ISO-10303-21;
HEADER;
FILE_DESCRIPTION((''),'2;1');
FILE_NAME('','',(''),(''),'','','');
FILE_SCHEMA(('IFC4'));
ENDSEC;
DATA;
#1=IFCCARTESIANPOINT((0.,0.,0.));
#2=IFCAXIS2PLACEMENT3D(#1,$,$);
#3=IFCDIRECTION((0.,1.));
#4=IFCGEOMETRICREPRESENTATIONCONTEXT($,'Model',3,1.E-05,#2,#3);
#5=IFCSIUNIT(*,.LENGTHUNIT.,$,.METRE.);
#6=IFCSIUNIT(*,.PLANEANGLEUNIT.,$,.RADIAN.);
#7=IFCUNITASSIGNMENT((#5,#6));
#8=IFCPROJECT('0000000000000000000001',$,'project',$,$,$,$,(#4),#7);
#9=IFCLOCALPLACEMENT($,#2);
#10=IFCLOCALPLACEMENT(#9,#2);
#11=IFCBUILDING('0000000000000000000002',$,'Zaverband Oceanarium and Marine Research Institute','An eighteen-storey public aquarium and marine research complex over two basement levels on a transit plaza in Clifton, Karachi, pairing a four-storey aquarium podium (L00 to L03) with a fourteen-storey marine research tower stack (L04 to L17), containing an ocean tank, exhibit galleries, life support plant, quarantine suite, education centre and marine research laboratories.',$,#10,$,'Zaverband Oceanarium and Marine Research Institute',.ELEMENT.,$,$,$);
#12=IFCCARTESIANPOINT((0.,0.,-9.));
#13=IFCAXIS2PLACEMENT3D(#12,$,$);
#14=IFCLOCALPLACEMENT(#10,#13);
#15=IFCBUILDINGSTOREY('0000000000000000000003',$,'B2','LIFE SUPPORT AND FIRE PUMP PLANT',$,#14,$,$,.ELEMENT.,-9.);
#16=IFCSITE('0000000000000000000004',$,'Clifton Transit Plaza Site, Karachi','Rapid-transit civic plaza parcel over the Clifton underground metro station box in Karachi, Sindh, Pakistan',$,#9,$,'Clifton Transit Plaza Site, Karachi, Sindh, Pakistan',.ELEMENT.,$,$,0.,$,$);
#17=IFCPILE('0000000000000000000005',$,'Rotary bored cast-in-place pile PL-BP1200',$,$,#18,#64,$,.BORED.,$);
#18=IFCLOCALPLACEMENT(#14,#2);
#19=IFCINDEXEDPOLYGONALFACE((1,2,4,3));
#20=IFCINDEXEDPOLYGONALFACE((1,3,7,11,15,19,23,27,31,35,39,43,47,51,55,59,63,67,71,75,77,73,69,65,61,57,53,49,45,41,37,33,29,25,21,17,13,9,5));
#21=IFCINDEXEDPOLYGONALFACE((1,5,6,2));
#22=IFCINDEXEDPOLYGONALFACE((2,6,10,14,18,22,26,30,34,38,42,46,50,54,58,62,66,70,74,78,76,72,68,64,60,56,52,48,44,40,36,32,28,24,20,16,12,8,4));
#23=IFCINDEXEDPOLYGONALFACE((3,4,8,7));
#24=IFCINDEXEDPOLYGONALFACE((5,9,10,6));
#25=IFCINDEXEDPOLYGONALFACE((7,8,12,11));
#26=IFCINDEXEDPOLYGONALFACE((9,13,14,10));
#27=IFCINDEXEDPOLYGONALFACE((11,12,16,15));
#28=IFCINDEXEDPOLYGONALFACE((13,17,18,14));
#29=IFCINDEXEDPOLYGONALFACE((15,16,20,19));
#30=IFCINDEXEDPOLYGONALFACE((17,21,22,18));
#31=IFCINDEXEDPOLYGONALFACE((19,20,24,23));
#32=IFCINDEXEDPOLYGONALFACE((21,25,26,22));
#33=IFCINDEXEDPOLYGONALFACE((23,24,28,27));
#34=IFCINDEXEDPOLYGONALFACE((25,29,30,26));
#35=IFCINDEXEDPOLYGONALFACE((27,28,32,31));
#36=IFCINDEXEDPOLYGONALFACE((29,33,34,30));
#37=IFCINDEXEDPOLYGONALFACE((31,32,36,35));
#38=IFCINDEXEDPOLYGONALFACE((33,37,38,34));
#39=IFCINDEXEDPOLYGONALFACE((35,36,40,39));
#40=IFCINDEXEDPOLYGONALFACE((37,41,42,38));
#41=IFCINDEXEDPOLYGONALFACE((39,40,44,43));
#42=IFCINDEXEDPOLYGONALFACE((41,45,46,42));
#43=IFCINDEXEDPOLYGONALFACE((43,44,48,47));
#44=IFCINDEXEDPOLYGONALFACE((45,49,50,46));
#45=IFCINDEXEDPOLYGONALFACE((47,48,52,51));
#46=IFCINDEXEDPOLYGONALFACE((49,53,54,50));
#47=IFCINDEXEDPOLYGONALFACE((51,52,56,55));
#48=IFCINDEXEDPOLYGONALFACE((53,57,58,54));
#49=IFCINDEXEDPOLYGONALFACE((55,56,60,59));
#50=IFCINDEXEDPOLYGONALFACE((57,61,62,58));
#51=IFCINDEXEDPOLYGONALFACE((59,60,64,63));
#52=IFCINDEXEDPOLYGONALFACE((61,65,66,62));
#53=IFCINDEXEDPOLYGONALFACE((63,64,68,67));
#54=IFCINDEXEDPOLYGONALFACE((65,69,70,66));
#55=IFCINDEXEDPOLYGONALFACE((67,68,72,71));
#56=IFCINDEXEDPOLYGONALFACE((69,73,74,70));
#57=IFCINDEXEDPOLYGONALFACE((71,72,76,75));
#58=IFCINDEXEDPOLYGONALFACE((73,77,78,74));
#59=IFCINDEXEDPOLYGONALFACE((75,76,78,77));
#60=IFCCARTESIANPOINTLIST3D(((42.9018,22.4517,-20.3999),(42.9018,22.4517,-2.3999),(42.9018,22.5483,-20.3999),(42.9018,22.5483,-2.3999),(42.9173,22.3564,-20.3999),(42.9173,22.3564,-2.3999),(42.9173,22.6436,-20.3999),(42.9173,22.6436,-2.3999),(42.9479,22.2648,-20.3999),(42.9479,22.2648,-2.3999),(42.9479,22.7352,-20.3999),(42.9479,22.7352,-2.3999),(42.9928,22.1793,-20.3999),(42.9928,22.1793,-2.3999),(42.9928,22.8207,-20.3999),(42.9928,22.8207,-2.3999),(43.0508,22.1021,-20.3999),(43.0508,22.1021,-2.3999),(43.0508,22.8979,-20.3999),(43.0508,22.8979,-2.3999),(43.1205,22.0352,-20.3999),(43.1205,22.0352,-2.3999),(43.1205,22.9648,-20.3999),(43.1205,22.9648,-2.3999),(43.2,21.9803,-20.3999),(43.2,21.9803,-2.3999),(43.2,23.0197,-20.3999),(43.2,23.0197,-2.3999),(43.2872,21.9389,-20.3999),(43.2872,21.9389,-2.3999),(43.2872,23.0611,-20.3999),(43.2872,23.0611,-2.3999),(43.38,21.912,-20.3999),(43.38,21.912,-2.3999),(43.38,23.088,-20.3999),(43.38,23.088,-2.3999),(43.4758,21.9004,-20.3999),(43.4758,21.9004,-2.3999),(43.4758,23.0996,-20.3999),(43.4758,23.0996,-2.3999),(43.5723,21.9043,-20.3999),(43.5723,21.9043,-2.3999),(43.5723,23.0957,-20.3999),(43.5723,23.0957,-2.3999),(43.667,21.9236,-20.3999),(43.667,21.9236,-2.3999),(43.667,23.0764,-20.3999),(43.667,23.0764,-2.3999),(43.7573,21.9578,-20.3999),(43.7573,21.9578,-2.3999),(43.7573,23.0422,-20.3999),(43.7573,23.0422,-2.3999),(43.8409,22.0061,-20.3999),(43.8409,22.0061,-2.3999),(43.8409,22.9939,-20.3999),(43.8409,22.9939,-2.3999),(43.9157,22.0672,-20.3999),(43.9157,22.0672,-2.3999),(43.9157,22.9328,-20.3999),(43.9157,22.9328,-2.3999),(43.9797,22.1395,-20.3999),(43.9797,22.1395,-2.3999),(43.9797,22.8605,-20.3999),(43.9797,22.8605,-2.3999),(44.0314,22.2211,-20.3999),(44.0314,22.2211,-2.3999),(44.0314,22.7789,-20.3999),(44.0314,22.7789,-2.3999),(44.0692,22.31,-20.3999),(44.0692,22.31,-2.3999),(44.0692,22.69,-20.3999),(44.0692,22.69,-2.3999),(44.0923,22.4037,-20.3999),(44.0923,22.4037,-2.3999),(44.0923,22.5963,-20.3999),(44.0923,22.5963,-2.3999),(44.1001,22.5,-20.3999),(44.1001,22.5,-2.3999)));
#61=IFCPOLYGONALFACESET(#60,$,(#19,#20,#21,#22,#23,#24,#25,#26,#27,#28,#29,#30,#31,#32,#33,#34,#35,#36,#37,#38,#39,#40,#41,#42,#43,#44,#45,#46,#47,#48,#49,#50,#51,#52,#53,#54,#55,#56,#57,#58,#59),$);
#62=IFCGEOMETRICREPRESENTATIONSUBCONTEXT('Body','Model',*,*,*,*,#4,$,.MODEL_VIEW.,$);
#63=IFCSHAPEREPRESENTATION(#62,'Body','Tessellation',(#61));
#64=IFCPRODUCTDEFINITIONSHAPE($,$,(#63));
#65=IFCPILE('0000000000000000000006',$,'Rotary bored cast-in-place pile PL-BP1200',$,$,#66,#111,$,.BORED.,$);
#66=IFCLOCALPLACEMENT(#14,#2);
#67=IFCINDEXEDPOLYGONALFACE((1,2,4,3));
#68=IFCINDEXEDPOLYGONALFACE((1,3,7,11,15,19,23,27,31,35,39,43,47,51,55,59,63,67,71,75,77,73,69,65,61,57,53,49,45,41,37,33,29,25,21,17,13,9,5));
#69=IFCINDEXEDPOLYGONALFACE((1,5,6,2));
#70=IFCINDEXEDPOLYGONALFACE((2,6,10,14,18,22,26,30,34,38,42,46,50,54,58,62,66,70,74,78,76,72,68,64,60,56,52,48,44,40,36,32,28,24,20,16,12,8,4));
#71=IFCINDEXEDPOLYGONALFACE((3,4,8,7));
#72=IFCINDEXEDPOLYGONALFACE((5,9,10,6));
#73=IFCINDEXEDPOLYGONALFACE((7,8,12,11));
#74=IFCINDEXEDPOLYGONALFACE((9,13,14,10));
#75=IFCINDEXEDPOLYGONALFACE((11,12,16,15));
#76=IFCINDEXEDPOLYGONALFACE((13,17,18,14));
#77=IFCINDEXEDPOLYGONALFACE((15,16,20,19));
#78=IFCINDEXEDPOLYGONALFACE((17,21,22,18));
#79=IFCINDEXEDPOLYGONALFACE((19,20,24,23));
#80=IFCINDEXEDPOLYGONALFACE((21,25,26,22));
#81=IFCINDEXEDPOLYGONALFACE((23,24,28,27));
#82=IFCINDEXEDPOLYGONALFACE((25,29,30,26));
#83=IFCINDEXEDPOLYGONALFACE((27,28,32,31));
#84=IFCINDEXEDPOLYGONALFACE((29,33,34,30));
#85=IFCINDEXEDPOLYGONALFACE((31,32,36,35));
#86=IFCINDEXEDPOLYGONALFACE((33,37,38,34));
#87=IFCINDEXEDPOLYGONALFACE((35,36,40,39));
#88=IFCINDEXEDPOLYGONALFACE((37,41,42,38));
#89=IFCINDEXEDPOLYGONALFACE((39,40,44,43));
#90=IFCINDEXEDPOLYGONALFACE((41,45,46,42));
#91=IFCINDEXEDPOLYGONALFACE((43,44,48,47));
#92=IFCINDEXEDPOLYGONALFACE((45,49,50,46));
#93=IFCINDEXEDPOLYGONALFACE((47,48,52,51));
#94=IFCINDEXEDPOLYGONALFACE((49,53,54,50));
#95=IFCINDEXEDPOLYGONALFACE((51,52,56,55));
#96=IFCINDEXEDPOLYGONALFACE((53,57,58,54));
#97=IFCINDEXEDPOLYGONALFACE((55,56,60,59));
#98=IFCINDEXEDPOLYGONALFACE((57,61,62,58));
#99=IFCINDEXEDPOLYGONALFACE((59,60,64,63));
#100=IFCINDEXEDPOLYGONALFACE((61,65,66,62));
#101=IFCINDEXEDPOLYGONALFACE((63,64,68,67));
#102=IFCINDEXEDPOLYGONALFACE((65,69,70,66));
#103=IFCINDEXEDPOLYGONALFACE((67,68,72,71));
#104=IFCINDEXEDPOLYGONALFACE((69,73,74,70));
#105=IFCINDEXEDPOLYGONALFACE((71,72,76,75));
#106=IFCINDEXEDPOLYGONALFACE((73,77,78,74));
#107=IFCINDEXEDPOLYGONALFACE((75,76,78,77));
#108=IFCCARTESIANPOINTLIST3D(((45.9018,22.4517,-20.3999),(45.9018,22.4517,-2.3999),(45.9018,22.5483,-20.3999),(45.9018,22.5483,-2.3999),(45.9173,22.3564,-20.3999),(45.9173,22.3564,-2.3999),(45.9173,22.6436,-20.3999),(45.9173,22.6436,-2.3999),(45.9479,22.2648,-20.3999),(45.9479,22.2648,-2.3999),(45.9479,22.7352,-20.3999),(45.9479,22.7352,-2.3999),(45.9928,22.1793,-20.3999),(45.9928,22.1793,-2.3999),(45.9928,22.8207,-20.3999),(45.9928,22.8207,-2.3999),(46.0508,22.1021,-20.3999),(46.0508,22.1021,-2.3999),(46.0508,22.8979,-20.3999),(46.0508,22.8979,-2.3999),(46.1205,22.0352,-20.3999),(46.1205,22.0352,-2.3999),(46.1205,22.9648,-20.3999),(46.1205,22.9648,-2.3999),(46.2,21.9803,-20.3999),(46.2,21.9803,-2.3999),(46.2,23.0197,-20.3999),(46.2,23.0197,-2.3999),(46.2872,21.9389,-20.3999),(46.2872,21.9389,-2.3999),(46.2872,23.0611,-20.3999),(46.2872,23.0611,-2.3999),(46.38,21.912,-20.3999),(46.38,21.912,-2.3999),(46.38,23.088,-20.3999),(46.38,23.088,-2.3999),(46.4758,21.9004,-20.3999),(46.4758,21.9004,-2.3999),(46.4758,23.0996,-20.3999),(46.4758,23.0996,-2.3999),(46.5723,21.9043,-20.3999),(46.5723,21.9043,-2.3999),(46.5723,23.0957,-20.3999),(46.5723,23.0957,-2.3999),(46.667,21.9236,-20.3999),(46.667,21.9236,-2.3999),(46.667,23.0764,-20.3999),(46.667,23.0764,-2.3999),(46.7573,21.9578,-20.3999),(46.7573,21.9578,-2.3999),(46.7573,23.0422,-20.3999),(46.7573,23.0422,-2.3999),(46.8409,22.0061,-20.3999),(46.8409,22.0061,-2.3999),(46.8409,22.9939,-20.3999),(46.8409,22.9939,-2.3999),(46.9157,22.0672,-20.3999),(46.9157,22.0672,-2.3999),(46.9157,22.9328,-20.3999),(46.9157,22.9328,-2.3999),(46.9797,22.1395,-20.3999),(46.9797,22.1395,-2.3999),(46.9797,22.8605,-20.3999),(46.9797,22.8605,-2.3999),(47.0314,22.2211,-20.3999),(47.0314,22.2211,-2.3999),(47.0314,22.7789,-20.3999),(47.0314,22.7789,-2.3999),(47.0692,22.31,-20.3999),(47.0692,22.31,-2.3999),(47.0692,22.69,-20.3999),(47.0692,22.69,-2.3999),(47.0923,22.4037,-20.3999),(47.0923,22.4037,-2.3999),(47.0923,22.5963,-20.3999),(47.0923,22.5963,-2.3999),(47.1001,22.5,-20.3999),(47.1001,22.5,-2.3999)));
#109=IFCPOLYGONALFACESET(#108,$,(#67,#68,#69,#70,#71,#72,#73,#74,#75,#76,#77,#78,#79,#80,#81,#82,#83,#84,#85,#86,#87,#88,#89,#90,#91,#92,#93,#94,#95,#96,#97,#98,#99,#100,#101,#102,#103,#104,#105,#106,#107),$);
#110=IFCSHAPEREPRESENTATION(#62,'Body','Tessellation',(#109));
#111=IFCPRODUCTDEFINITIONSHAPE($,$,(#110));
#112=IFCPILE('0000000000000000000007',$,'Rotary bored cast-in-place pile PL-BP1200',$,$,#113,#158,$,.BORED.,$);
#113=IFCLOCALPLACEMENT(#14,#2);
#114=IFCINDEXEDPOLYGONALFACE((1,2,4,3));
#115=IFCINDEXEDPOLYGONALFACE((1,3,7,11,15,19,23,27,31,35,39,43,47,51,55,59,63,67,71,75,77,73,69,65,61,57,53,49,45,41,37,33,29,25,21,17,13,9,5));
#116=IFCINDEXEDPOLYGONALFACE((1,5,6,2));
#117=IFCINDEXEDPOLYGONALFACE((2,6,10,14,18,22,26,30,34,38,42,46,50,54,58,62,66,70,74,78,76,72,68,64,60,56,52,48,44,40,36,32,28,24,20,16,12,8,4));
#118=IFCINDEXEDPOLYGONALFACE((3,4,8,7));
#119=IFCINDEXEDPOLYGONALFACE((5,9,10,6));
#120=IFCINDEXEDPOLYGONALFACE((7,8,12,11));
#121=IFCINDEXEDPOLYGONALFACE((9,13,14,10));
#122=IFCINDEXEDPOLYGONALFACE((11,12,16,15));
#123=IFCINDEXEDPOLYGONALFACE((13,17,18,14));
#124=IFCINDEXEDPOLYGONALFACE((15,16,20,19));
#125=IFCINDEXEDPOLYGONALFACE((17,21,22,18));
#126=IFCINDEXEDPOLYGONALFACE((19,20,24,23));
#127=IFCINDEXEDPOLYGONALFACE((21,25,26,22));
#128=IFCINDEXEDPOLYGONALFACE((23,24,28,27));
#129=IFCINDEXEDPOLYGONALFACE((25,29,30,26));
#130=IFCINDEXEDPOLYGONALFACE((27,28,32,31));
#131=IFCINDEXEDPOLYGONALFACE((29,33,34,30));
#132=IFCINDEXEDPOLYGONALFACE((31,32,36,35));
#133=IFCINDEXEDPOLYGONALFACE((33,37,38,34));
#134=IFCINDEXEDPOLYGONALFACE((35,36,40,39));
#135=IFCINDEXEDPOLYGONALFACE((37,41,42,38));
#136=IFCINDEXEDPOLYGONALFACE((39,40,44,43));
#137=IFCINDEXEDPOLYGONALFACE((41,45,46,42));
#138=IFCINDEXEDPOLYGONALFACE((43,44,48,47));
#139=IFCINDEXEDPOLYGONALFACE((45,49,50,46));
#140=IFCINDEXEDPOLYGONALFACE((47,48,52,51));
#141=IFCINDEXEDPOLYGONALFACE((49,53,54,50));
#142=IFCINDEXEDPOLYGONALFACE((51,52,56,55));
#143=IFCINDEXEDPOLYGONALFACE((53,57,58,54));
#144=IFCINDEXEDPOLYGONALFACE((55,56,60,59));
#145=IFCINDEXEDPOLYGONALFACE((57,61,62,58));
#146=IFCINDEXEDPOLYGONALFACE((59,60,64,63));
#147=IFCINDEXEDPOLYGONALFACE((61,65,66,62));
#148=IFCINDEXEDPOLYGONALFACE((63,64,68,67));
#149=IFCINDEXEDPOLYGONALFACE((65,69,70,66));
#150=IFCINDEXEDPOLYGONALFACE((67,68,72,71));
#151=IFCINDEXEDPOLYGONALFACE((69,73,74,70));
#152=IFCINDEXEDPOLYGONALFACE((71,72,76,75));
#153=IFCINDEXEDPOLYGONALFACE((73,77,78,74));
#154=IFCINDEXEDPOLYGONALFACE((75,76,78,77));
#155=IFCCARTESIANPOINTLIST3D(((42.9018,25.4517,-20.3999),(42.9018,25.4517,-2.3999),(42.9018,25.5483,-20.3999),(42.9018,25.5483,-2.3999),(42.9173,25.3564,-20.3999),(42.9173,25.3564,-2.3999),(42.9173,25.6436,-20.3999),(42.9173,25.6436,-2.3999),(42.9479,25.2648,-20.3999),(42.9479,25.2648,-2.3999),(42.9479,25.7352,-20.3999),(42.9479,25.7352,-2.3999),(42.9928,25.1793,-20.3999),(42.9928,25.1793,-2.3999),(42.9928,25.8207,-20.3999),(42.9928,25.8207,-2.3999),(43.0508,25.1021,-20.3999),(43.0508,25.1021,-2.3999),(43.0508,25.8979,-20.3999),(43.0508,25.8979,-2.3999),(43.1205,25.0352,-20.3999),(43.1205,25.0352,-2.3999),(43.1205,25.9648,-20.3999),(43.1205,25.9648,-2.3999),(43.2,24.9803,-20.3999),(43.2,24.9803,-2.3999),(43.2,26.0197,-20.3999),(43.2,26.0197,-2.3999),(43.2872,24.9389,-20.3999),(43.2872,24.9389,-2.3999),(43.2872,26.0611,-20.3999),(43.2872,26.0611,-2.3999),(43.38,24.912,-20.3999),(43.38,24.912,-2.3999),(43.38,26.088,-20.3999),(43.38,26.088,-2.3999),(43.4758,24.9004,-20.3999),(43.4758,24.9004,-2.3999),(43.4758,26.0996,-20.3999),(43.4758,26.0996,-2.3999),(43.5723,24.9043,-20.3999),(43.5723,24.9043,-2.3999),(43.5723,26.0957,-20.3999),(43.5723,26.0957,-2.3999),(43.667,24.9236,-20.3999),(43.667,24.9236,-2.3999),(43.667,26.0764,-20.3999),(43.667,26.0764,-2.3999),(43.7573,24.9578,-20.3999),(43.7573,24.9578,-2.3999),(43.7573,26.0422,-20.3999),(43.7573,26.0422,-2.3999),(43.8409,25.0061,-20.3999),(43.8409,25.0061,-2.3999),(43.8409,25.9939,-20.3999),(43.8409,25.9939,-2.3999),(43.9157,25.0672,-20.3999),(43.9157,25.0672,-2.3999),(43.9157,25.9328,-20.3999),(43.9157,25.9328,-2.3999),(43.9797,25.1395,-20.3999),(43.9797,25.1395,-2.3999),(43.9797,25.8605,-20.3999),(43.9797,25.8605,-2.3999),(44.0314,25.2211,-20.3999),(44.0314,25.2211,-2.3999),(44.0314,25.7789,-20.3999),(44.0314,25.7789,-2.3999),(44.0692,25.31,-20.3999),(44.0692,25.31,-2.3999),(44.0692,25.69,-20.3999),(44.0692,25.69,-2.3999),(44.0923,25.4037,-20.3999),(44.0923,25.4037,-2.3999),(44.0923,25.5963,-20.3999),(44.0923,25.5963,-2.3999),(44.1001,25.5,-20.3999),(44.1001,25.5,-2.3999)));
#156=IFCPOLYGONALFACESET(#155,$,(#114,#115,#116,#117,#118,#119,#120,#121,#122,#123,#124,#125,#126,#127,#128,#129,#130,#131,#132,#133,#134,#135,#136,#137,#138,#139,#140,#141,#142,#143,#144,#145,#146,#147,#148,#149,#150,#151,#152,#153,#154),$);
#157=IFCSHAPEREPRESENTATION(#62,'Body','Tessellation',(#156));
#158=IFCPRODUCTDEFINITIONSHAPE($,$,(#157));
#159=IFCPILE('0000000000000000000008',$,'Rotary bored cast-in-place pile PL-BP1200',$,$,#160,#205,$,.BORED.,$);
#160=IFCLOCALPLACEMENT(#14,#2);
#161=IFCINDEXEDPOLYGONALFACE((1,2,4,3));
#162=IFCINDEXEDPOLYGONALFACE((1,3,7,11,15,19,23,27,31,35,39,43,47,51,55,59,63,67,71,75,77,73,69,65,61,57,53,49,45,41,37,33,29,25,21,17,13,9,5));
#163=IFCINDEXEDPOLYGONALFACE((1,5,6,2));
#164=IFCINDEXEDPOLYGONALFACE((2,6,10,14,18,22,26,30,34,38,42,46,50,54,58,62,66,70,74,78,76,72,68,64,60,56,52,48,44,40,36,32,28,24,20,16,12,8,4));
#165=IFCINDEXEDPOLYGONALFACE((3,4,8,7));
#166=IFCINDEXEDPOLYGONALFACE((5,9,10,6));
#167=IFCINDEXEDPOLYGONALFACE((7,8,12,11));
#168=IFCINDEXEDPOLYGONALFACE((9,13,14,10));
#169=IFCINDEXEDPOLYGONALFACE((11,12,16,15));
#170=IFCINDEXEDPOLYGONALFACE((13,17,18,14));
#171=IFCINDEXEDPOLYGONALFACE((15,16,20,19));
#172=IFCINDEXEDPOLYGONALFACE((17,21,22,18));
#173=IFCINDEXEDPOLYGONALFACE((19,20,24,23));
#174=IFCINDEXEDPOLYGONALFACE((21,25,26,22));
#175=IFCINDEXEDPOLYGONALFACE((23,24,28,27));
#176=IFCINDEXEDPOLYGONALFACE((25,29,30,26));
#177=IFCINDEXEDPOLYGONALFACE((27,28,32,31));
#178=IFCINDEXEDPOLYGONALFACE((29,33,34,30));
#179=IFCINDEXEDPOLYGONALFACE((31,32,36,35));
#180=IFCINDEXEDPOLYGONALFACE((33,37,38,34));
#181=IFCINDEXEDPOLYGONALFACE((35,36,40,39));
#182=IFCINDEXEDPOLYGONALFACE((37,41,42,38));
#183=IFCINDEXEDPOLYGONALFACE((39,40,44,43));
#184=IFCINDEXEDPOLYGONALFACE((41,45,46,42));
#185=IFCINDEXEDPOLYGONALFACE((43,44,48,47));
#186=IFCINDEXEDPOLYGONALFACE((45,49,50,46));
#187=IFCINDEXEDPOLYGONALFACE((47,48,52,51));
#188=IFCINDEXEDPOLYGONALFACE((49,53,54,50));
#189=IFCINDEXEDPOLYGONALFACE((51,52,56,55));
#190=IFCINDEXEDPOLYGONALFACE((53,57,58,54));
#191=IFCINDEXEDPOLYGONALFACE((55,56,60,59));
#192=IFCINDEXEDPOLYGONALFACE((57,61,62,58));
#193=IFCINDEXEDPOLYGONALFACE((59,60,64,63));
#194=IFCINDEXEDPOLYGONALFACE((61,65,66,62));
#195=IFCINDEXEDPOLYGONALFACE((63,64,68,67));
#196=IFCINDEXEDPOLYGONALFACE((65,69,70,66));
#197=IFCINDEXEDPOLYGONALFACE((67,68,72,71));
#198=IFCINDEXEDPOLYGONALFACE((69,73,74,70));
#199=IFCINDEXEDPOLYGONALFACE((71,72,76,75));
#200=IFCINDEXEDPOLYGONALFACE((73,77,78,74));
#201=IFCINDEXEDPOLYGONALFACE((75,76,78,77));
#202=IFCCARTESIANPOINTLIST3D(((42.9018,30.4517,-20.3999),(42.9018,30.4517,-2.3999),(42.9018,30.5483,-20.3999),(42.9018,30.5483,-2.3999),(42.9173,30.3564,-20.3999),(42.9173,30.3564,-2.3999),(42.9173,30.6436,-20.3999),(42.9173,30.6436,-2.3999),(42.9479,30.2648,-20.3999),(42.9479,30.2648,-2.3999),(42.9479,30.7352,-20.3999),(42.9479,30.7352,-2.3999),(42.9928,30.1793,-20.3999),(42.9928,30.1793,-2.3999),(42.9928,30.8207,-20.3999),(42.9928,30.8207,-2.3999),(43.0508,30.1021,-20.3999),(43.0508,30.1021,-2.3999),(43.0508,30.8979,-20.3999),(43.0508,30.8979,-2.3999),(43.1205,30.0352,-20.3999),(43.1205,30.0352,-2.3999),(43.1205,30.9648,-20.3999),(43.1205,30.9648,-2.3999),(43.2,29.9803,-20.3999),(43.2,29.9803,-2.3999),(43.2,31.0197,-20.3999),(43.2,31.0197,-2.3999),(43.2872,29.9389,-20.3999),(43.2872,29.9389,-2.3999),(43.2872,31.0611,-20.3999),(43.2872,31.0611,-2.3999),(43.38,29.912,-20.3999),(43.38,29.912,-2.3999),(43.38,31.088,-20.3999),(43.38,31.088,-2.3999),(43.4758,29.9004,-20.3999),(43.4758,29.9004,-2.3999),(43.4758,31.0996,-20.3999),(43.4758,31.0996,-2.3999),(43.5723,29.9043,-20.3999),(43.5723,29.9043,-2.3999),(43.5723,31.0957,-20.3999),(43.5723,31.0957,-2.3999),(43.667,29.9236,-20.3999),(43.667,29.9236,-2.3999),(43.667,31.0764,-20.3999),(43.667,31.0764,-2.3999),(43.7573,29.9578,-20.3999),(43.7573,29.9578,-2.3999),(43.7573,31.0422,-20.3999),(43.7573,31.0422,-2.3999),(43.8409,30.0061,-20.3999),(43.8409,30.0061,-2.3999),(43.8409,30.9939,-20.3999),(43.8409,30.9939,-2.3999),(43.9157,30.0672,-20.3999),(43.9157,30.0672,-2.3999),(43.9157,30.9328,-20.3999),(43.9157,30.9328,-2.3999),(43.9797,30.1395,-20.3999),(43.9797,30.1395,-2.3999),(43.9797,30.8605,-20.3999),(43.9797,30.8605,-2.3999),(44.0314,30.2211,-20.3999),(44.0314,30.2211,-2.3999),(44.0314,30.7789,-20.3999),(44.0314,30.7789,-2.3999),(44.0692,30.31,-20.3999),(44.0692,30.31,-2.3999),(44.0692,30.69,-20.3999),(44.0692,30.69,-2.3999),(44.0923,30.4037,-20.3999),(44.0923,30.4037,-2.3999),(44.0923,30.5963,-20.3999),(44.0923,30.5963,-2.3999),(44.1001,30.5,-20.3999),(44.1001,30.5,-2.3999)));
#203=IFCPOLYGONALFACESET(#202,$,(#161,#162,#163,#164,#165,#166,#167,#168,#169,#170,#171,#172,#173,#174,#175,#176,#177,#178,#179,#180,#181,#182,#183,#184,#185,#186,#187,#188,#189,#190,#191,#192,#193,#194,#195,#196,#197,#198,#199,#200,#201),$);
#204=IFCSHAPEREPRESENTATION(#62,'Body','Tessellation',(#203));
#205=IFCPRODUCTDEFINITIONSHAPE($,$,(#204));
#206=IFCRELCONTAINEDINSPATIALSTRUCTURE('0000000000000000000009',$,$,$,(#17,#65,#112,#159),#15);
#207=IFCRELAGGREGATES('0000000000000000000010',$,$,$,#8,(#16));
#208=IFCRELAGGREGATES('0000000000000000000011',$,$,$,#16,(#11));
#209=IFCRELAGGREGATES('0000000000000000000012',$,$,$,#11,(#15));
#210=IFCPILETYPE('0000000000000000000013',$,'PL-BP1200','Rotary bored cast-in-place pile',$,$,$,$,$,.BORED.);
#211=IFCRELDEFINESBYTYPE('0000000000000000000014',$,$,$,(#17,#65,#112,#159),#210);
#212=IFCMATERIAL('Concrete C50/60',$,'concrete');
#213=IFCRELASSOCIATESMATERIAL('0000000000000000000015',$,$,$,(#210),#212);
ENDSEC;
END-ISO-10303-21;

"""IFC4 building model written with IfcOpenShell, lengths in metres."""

from ifc_helpers import new_model, si_unit, direction, frame, origin, origin_2d, place, context, subcontext, project, spatial, circle, extrude, material, material_profile, profile_set, type_object, element, save


model = new_model("IFC4")

# Units and contexts
model_context = context("Model", 3, precision=1e-05, world=origin(), true_north=direction((0.0, 1.0)))
body_context = subcontext(model_context, "Body", "Model", "MODEL_VIEW")
ifc_project = project(units=[si_unit("LENGTHUNIT", "METRE"), si_unit("PLANEANGLEUNIT", "RADIAN")], contexts=[model_context])

# Site, building, storey
site_placement = place(None, origin())
site = spatial("IfcSite", under=ifc_project, at=site_placement, Name="Clifton Transit Plaza Site, Karachi", Description="Rapid-transit civic plaza parcel over the Clifton underground metro station box in Karachi, Sindh, Pakistan", LongName="Clifton Transit Plaza Site, Karachi, Sindh, Pakistan", CompositionType="ELEMENT", RefElevation=0.0)
building_placement = place(site_placement, origin())
building = spatial("IfcBuilding", under=site, at=building_placement, Name="Zaverband Oceanarium and Marine Research Institute", Description="An eighteen-storey public aquarium and marine research complex over two basement levels on a transit plaza in Clifton, Karachi, pairing a four-storey aquarium podium (L00 to L03) with a fourteen-storey marine research tower stack (L04 to L17), containing an ocean tank, exhibit galleries, life support plant, quarantine suite, education centre and marine research laboratories.", LongName="Zaverband Oceanarium and Marine Research Institute", CompositionType="ELEMENT")
storey_placement = place(building_placement, frame((0.0, 0.0, -9.0)))
storey = spatial("IfcBuildingStorey", under=building, at=storey_placement, Name="B2", Description="LIFE SUPPORT AND FIRE PUMP PLANT", CompositionType="ELEMENT", Elevation=-9.0)

# Shared definitions
ifc_material_1 = material(Name="Concrete C50/60", Category="concrete")

# Piles
ifc_material_profile_1 = material_profile(ifc_material_1, circle(Radius=0.6001, at=origin_2d()), Name="BP1200")
ifc_profile_set_1 = profile_set([ifc_material_profile_1], Name="Concrete C50/60")
pile_type_1 = type_object("IfcPileType", Name="PL-BP1200", Description="Rotary bored cast-in-place pile", PredefinedType="BORED", material=ifc_profile_set_1)
for number, where, z_axis, x_axis, name in (
    (1, (43.5, 22.5, -2.3999), (0.0, 0.0, -1.0), (1.0, 0.0, 0.0), "Rotary bored cast-in-place pile PL-BP1200"),
    (2, (46.5, 22.5, -2.3999), (0.0, 0.0, -1.0), (1.0, 0.0, 0.0), "Rotary bored cast-in-place pile PL-BP1200"),
    (3, (43.5, 25.5, -2.3999), (0.0, 0.0, -1.0), (1.0, 0.0, 0.0), "Rotary bored cast-in-place pile PL-BP1200"),
    (4, (43.5, 30.5, -2.3999), (0.0, 0.0, -1.0), (1.0, 0.0, 0.0), "Rotary bored cast-in-place pile PL-BP1200"),
):
    element("IfcPile", number, at=place(storey_placement, frame(where, z_axis=z_axis, x_axis=x_axis)), inside=storey, type_object=pile_type_1, Name=name, PredefinedType="BORED", context=body_context, shape_type="SweptSolid", body=[
        extrude(circle(Radius=0.6001, at=origin_2d()), origin(), (0.0, 0.0, 1.0), 18.0),
    ])

save(model, "model.ifc")
